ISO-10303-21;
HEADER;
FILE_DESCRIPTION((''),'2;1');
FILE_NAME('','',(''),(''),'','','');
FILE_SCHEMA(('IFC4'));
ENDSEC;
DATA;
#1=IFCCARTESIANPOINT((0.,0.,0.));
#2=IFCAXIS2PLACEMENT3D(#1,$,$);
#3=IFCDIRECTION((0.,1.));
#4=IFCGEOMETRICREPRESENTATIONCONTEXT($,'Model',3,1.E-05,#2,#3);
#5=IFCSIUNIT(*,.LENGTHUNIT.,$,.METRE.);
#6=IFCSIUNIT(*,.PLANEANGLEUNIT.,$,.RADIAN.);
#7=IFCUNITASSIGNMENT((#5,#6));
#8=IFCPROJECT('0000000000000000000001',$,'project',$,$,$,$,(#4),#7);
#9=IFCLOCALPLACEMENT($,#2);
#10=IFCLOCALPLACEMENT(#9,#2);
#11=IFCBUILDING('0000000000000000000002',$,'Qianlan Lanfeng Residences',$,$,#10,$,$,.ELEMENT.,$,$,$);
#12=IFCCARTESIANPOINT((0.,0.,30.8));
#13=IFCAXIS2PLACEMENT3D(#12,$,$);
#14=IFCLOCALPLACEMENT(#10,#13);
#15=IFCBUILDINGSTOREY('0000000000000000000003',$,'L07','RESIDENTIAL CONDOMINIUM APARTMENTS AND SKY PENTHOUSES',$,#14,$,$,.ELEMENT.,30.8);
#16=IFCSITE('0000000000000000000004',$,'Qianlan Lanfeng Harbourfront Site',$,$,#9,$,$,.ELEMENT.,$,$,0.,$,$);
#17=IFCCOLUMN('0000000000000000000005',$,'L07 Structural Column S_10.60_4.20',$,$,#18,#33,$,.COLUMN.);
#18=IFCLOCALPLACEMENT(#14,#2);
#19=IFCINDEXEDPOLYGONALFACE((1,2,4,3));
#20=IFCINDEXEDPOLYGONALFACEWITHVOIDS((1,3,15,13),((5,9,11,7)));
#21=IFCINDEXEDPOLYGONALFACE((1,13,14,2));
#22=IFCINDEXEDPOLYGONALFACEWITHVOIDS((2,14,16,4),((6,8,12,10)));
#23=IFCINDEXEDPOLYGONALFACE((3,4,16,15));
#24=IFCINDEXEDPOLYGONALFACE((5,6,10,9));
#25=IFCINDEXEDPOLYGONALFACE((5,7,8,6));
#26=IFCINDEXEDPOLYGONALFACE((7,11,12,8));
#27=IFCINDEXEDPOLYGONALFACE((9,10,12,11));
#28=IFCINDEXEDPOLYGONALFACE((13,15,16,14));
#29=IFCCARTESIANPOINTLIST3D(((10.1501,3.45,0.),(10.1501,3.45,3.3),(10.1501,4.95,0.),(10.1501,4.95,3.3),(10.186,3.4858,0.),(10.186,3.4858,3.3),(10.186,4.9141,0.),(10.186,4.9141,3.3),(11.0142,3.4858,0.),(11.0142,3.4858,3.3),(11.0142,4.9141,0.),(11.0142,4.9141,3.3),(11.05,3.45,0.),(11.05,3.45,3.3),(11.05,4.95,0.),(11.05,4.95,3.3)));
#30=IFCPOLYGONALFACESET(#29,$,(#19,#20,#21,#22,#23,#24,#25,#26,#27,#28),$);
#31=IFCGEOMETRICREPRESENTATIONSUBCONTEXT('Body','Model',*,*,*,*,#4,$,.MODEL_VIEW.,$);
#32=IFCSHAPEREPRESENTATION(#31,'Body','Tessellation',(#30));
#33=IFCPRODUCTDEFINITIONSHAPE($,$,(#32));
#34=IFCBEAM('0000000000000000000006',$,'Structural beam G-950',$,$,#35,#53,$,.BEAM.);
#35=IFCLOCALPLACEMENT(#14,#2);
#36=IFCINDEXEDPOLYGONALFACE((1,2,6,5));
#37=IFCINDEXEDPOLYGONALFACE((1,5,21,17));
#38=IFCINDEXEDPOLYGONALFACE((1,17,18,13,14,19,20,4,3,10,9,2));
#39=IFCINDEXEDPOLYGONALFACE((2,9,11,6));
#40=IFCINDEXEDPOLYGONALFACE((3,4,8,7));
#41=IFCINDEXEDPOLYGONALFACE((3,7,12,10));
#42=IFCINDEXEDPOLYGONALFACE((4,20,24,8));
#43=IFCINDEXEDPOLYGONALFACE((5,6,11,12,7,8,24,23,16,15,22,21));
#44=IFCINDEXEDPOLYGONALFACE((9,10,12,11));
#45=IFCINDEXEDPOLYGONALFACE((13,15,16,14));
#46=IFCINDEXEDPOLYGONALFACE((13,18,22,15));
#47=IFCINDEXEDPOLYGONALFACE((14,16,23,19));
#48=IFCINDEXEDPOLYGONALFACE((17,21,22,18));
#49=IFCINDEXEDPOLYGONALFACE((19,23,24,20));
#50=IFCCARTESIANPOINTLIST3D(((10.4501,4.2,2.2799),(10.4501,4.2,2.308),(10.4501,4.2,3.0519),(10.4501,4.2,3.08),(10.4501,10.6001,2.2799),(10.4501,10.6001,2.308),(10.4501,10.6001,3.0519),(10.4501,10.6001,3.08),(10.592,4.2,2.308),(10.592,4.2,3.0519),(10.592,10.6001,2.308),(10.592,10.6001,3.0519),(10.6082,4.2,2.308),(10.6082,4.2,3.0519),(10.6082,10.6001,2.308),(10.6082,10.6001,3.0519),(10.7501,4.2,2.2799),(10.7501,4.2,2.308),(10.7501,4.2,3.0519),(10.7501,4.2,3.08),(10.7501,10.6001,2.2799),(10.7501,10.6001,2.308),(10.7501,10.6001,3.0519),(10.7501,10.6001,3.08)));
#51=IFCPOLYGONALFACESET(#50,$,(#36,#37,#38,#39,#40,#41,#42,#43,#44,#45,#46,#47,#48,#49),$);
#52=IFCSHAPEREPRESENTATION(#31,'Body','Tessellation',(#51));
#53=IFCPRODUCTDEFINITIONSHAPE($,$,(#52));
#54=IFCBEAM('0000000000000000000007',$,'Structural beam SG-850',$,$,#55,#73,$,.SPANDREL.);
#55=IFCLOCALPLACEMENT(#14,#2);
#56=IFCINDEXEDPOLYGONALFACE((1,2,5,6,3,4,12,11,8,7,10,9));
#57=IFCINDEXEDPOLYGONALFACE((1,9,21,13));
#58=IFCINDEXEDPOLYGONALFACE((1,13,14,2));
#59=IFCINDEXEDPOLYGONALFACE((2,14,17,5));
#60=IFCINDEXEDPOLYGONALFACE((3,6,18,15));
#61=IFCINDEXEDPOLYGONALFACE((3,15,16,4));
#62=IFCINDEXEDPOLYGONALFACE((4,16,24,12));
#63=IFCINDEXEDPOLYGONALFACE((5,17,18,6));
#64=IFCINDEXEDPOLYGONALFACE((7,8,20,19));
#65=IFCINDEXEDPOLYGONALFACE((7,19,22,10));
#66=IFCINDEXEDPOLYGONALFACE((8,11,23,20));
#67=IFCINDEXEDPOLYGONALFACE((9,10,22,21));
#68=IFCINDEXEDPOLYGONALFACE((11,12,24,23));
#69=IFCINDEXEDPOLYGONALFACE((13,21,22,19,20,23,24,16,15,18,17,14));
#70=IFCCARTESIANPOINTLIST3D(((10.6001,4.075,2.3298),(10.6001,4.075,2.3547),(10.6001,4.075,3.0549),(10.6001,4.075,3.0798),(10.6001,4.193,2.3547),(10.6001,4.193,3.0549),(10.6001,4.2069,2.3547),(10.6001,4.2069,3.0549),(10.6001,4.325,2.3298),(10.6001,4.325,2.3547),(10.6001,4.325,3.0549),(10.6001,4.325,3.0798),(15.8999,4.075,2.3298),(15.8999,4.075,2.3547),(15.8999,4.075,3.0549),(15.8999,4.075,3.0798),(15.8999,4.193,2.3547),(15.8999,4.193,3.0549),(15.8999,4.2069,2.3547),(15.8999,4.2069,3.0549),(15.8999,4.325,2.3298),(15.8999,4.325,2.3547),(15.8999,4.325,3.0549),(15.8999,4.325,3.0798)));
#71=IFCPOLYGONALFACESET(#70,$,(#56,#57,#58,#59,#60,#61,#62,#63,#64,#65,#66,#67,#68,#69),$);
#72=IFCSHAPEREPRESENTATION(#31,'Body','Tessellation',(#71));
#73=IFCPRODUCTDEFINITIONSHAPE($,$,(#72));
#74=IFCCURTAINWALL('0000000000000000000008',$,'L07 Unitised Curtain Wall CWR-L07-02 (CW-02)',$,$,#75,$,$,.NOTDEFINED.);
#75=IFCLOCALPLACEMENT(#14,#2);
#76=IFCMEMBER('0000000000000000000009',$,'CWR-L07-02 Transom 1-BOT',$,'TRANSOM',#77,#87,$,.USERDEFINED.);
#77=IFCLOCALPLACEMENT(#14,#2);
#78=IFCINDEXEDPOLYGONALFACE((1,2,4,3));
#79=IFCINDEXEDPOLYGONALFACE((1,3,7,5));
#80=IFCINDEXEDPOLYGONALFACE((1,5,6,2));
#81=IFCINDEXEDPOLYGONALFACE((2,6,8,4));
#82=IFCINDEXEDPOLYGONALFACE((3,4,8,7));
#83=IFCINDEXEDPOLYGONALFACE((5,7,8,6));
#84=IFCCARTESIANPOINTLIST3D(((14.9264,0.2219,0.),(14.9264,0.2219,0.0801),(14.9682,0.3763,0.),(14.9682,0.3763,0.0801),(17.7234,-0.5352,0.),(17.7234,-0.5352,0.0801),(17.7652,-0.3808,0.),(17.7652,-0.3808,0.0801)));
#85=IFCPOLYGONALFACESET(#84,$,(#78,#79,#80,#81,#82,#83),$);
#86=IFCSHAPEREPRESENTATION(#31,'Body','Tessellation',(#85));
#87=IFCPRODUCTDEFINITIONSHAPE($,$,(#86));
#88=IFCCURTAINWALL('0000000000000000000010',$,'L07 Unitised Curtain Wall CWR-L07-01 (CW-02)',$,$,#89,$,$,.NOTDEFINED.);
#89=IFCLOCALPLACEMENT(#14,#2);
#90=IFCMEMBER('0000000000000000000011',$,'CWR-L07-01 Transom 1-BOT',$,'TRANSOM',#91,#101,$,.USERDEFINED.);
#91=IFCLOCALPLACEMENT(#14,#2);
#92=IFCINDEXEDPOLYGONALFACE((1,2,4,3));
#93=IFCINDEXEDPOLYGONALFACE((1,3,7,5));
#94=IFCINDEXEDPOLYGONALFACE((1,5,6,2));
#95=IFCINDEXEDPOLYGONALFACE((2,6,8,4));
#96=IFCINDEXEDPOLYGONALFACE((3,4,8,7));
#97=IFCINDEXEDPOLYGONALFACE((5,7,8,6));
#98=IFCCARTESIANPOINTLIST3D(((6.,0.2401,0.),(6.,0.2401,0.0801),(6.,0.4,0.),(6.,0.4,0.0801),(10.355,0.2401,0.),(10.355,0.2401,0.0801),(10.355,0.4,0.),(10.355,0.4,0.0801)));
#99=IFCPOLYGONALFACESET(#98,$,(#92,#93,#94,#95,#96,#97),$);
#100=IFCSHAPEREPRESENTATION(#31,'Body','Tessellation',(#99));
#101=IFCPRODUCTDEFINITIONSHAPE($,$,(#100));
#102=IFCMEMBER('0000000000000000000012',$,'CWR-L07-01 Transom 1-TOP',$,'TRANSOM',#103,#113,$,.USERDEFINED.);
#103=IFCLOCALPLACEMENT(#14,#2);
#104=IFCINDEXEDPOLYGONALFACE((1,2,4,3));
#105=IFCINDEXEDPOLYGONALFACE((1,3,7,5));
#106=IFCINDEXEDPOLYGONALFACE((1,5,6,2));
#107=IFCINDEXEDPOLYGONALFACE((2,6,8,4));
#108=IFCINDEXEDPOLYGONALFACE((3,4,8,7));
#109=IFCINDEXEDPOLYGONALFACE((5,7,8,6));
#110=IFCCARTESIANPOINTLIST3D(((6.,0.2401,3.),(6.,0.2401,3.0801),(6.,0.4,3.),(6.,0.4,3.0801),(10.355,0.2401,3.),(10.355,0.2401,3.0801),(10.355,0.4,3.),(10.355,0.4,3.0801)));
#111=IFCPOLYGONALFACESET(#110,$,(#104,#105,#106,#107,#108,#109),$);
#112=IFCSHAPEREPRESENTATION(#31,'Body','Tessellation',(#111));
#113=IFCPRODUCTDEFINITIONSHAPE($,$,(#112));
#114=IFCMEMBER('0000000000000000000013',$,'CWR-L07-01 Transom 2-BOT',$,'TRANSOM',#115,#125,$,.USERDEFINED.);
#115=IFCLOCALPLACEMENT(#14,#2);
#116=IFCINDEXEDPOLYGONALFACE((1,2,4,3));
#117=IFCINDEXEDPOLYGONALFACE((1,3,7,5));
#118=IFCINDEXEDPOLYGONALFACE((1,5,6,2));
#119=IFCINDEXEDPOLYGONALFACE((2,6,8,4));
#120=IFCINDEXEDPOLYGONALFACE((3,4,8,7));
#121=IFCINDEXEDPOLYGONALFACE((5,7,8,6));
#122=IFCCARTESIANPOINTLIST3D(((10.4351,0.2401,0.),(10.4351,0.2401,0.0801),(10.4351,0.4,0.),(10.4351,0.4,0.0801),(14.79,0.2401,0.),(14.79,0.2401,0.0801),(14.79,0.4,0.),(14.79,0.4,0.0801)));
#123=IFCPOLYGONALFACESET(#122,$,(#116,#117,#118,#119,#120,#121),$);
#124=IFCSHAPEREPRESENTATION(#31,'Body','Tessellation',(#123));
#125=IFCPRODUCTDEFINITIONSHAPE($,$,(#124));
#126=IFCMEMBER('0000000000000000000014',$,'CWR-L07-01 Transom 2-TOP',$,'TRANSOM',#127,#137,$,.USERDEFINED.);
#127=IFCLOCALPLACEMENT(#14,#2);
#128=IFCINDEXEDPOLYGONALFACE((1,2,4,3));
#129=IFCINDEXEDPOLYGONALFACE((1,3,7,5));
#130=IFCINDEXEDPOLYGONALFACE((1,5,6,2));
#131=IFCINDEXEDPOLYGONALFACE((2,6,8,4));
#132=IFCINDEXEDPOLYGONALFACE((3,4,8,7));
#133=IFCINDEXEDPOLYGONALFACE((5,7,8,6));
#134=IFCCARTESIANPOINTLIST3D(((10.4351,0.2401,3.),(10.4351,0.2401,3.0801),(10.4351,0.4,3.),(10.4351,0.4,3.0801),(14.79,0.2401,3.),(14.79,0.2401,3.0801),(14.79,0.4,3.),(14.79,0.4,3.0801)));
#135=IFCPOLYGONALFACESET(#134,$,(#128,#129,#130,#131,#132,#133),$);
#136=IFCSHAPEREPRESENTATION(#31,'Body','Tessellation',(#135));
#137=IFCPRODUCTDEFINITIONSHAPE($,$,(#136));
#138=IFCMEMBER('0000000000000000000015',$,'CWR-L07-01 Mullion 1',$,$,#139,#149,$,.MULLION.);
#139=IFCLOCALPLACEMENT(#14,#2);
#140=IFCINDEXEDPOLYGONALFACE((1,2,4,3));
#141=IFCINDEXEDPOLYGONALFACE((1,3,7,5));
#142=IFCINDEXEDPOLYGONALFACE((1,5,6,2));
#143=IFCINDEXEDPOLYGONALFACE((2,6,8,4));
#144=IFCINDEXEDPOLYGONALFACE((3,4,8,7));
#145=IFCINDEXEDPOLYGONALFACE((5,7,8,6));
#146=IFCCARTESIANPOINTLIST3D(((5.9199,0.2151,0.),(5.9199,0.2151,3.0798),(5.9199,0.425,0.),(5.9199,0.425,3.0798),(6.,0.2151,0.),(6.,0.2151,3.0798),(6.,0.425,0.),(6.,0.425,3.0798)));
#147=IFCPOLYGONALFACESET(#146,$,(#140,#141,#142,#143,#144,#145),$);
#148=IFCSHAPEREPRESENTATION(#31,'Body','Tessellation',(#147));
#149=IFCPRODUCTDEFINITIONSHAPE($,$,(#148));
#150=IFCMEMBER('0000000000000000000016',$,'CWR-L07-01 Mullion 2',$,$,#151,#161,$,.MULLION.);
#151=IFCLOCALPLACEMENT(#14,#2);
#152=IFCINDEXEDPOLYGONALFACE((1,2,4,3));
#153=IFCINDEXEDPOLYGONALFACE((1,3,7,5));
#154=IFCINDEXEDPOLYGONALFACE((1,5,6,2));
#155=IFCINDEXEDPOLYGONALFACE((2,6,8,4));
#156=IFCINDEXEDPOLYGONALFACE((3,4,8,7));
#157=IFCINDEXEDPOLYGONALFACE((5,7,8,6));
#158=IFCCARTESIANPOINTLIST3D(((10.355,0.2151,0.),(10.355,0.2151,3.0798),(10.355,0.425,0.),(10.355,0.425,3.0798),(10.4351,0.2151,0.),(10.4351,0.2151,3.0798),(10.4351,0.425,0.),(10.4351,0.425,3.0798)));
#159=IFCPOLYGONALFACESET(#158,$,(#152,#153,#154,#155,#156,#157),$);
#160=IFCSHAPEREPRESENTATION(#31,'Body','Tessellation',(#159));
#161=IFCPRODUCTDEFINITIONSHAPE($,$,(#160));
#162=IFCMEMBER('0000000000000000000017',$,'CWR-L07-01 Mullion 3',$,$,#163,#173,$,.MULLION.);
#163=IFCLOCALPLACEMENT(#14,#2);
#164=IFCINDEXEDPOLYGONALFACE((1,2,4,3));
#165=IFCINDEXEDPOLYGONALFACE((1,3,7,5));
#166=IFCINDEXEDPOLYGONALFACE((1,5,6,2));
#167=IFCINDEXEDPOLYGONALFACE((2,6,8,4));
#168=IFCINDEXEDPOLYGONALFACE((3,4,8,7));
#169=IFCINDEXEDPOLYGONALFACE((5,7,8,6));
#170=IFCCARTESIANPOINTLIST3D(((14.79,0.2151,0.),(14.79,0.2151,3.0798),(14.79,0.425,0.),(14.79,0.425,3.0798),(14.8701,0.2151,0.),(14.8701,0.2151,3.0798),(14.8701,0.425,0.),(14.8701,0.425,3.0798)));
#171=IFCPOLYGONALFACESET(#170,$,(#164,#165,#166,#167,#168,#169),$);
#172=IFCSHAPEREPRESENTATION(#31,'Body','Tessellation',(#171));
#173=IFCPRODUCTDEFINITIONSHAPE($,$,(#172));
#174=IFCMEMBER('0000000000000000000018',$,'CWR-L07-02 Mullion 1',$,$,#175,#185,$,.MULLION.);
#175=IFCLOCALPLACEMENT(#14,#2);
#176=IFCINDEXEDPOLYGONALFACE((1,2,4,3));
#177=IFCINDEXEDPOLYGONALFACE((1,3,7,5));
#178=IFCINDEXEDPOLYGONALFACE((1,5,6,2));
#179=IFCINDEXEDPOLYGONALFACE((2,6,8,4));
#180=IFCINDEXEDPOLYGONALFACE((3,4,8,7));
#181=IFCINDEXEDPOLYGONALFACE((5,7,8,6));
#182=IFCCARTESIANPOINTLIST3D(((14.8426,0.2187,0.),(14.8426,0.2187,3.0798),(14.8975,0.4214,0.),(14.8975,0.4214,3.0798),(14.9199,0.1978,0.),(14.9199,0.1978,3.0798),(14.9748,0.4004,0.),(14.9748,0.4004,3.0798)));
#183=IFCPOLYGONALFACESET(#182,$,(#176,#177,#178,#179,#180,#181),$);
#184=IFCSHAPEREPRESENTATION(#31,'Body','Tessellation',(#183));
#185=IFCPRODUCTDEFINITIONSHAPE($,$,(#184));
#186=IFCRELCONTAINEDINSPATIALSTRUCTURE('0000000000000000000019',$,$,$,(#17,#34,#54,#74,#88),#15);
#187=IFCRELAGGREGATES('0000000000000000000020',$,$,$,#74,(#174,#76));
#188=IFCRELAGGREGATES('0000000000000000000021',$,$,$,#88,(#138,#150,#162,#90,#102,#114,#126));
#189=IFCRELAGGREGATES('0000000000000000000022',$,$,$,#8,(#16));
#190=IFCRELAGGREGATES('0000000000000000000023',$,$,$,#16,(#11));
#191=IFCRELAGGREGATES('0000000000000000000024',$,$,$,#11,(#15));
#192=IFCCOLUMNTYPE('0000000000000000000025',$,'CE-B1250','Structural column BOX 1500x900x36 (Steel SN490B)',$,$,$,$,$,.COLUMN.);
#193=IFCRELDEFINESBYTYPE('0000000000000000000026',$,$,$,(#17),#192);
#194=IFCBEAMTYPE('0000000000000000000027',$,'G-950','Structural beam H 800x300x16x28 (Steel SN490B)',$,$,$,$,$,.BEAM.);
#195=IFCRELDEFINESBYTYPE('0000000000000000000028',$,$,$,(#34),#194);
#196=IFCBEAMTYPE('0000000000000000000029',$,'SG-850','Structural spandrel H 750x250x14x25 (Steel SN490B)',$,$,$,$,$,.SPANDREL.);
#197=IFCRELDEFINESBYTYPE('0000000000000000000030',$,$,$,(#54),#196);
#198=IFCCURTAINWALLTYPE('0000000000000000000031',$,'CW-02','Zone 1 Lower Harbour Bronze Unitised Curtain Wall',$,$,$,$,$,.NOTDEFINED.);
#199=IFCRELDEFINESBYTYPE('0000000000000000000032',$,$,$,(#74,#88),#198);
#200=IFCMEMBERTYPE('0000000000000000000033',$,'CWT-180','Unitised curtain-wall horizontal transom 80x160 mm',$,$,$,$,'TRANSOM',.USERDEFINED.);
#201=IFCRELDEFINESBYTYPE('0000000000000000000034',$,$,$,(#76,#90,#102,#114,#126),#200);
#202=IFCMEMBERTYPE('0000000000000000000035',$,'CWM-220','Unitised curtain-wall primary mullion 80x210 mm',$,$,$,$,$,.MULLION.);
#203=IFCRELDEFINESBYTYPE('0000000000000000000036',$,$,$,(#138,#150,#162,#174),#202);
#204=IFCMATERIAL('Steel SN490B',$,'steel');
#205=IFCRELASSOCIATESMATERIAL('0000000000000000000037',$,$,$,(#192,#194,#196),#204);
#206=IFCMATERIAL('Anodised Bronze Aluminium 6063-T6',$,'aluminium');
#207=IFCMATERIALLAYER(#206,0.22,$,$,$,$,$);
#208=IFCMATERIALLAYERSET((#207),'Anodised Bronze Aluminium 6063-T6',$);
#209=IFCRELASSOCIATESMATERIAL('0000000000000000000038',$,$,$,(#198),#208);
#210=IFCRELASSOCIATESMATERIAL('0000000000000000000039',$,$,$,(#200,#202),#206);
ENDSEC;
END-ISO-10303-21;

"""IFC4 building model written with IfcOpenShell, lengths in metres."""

from ifc_helpers import new_model, si_unit, direction, frame, origin, origin_2d, place, context, subcontext, project, spatial, rectangle, hollow_rectangle, i_section, extrude, source, transform, mapped, material, layer, layer_set, material_profile, profile_set, type_object, element, aggregate, save


model = new_model("IFC4")

# Units and contexts
model_context = context("Model", 3, precision=1e-05, world=origin(), true_north=direction((0.0, 1.0)))
body_context = subcontext(model_context, "Body", "Model", "MODEL_VIEW")
ifc_project = project(units=[si_unit("LENGTHUNIT", "METRE"), si_unit("PLANEANGLEUNIT", "RADIAN")], contexts=[model_context])

# Site, building, storey
site_placement = place(None, origin())
site = spatial("IfcSite", under=ifc_project, at=site_placement, Name="Qianlan Lanfeng Harbourfront Site", CompositionType="ELEMENT", RefElevation=0.0)
building_placement = place(site_placement, origin())
building = spatial("IfcBuilding", under=site, at=building_placement, Name="Qianlan Lanfeng Residences", CompositionType="ELEMENT")
storey_placement = place(building_placement, frame((0.0, 0.0, 30.8)))
storey = spatial("IfcBuildingStorey", under=building, at=storey_placement, Name="L07", Description="RESIDENTIAL CONDOMINIUM APARTMENTS AND SKY PENTHOUSES", CompositionType="ELEMENT", Elevation=30.8)

# Column
ifc_material_1 = material(Name="Steel SN490B", Category="steel")
ifc_material_profile_1 = material_profile(ifc_material_1, hollow_rectangle(XDim=0.8999, YDim=1.5, WallThickness=0.0359, at=origin_2d()), Name="BOX 1500x900x36")
ifc_profile_set_1 = profile_set([ifc_material_profile_1], Name="Steel SN490B")
column_type = type_object("IfcColumnType", Name="CE-B1250", Description="Structural column BOX 1500x900x36 (Steel SN490B)", PredefinedType="COLUMN", material=ifc_profile_set_1)
column_placement = place(storey_placement, frame((10.6001, 4.2, 0.0), z_axis=(0.0, 0.0, 1.0), x_axis=(1.0, 0.0, 0.0)))
element("IfcColumn", 1, at=column_placement, inside=storey, type_object=column_type, Name="L07 Structural Column S_10.60_4.20", PredefinedType="COLUMN", context=body_context, shape_type="SweptSolid", body=[
    extrude(hollow_rectangle(XDim=0.8999, YDim=1.5, WallThickness=0.0359, at=origin_2d()), origin(), (0.0, 0.0, 1.0), 3.3),
])

# Beams
ifc_material_profile_2 = material_profile(ifc_material_1, i_section(OverallWidth=0.3, OverallDepth=0.8, WebThickness=0.0161, FlangeThickness=0.0281, at=origin_2d()), Name="H 800x300x16x28")
ifc_profile_set_2 = profile_set([ifc_material_profile_2], Name="Steel SN490B")
beam_type_1 = type_object("IfcBeamType", Name="G-950", Description="Structural beam H 800x300x16x28 (Steel SN490B)", PredefinedType="BEAM", material=ifc_profile_set_2)
beam_1_placement = place(storey_placement, frame((10.6001, 4.2, 2.6799), z_axis=(0.0, 1.0, 0.0), x_axis=(-1.0, 0.0, 0.0)))
element("IfcBeam", 2, at=beam_1_placement, inside=storey, type_object=beam_type_1, Name="Structural beam G-950", PredefinedType="BEAM", context=body_context, shape_type="SweptSolid", body=[
    extrude(i_section(OverallWidth=0.3, OverallDepth=0.8, WebThickness=0.0161, FlangeThickness=0.0281, at=origin_2d()), origin(), (0.0, 0.0, 1.0), 6.4001),
])
ifc_material_profile_3 = material_profile(ifc_material_1, i_section(OverallWidth=0.25, OverallDepth=0.75, WebThickness=0.0139, FlangeThickness=0.0249, at=origin_2d()), Name="H 750x250x14x25")
ifc_profile_set_3 = profile_set([ifc_material_profile_3], Name="Steel SN490B")
beam_type_2 = type_object("IfcBeamType", Name="SG-850", Description="Structural spandrel H 750x250x14x25 (Steel SN490B)", PredefinedType="SPANDREL", material=ifc_profile_set_3)
beam_2_placement = place(storey_placement, frame((10.6001, 4.2, 2.7048), z_axis=(1.0, 0.0, 0.0), x_axis=(0.0, 1.0, 0.0)))
element("IfcBeam", 3, at=beam_2_placement, inside=storey, type_object=beam_type_2, Name="Structural beam SG-850", PredefinedType="SPANDREL", context=body_context, shape_type="SweptSolid", body=[
    extrude(i_section(OverallWidth=0.25, OverallDepth=0.75, WebThickness=0.0139, FlangeThickness=0.0249, at=origin_2d()), origin(), (0.0, 0.0, 1.0), 5.2998),
])

# Curtain wall, member
ifc_material_2 = material(Name="Anodised Bronze Aluminium 6063-T6", Category="aluminium")
ifc_layer_1 = layer(ifc_material_2, 0.22)
ifc_layer_set_1 = layer_set([ifc_layer_1], Name="Anodised Bronze Aluminium 6063-T6")
curtain_wall_type = type_object("IfcCurtainWallType", Name="CW-02", Description="Zone 1 Lower Harbour Bronze Unitised Curtain Wall", PredefinedType="NOTDEFINED", material=ifc_layer_set_1)
curtain_wall_1_placement = place(storey_placement, origin())
curtain_wall_1 = element("IfcCurtainWall", 4, at=curtain_wall_1_placement, inside=storey, type_object=curtain_wall_type, Name="L07 Unitised Curtain Wall CWR-L07-02 (CW-02)", PredefinedType="NOTDEFINED")
ifc_material_profile_4 = material_profile(ifc_material_2, rectangle(XDim=0.0801, YDim=0.1599, at=origin_2d()), Name="ALU TRANSOM 80x160")
ifc_profile_set_4 = profile_set([ifc_material_profile_4], Name="Anodised Bronze Aluminium 6063-T6")
member_type_1 = type_object("IfcMemberType", Name="CWT-180", Description="Unitised curtain-wall horizontal transom 80x160 mm", ElementType="TRANSOM", PredefinedType="USERDEFINED", material=ifc_profile_set_4)
shared_shape_1 = source(origin(), body_context, "Body", "SweptSolid", [
    extrude(rectangle(XDim=0.0801, YDim=0.1599, at=origin_2d()), origin(), (0.0, 0.0, 1.0), 2.8977),
])
member_1_placement = place(storey_placement, frame((14.9473, 0.2991, 0.04), z_axis=(0.965268, -0.261263, 0.0), x_axis=(0.0, 0.0, 1.0)))
member_1 = element("IfcMember", 5, at=member_1_placement, type_object=member_type_1, Name="CWR-L07-02 Transom 1-BOT", ObjectType="TRANSOM", PredefinedType="USERDEFINED", context=body_context, shape_type="MappedRepresentation", body=[
    mapped(shared_shape_1, transform((0.0, 0.0, 0.0), scale=1.0)),
])

# Curtain wall, members
curtain_wall_2_placement = place(storey_placement, origin())
curtain_wall_2 = element("IfcCurtainWall", 6, at=curtain_wall_2_placement, inside=storey, type_object=curtain_wall_type, Name="L07 Unitised Curtain Wall CWR-L07-01 (CW-02)", PredefinedType="NOTDEFINED")
shared_shape_2 = source(origin(), body_context, "Body", "SweptSolid", [
    extrude(rectangle(XDim=0.0801, YDim=0.1599, at=origin_2d()), origin(), (0.0, 0.0, 1.0), 4.355),
])
member_2_placement = place(storey_placement, frame((6.0, 0.3201, 0.04), z_axis=(1.0, 0.0, 0.0), x_axis=(0.0, 0.0, 1.0)))
member_2 = element("IfcMember", 7, at=member_2_placement, type_object=member_type_1, Name="CWR-L07-01 Transom 1-BOT", ObjectType="TRANSOM", PredefinedType="USERDEFINED", context=body_context, shape_type="MappedRepresentation", body=[
    mapped(shared_shape_2, transform((0.0, 0.0, 0.0), scale=1.0)),
])
member_3_placement = place(storey_placement, frame((6.0, 0.3201, 3.04), z_axis=(1.0, 0.0, 0.0), x_axis=(0.0, 0.0, 1.0)))
member_3 = element("IfcMember", 8, at=member_3_placement, type_object=member_type_1, Name="CWR-L07-01 Transom 1-TOP", ObjectType="TRANSOM", PredefinedType="USERDEFINED", context=body_context, shape_type="MappedRepresentation", body=[
    mapped(shared_shape_2, transform((0.0, 0.0, 0.0), scale=1.0)),
])
member_4_placement = place(storey_placement, frame((10.4351, 0.3201, 0.04), z_axis=(1.0, 0.0, 0.0), x_axis=(0.0, 0.0, 1.0)))
member_4 = element("IfcMember", 9, at=member_4_placement, type_object=member_type_1, Name="CWR-L07-01 Transom 2-BOT", ObjectType="TRANSOM", PredefinedType="USERDEFINED", context=body_context, shape_type="MappedRepresentation", body=[
    mapped(shared_shape_2, transform((0.0, 0.0, 0.0), scale=1.0)),
])
member_5_placement = place(storey_placement, frame((10.4351, 0.3201, 3.04), z_axis=(1.0, 0.0, 0.0), x_axis=(0.0, 0.0, 1.0)))
member_5 = element("IfcMember", 10, at=member_5_placement, type_object=member_type_1, Name="CWR-L07-01 Transom 2-TOP", ObjectType="TRANSOM", PredefinedType="USERDEFINED", context=body_context, shape_type="MappedRepresentation", body=[
    mapped(shared_shape_2, transform((0.0, 0.0, 0.0), scale=1.0)),
])
ifc_material_profile_5 = material_profile(ifc_material_2, rectangle(XDim=0.0801, YDim=0.21, at=origin_2d()), Name="ALU MULLION 80x210")
ifc_profile_set_5 = profile_set([ifc_material_profile_5], Name="Anodised Bronze Aluminium 6063-T6")
member_type_2 = type_object("IfcMemberType", Name="CWM-220", Description="Unitised curtain-wall primary mullion 80x210 mm", PredefinedType="MULLION", material=ifc_profile_set_5)
shared_shape_3 = source(origin(), body_context, "Body", "SweptSolid", [
    extrude(rectangle(XDim=0.0801, YDim=0.21, at=origin_2d()), origin(), (0.0, 0.0, 1.0), 3.0798),
])
member_6_placement = place(storey_placement, frame((5.96, 0.3201, 0.0), z_axis=(0.0, 0.0, 1.0), x_axis=(1.0, 0.0, 0.0)))
member_6 = element("IfcMember", 11, at=member_6_placement, type_object=member_type_2, Name="CWR-L07-01 Mullion 1", PredefinedType="MULLION", context=body_context, shape_type="MappedRepresentation", body=[
    mapped(shared_shape_3, transform((0.0, 0.0, 0.0), scale=1.0)),
])
member_7_placement = place(storey_placement, frame((10.395, 0.3201, 0.0), z_axis=(0.0, 0.0, 1.0), x_axis=(1.0, 0.0, 0.0)))
member_7 = element("IfcMember", 12, at=member_7_placement, type_object=member_type_2, Name="CWR-L07-01 Mullion 2", PredefinedType="MULLION", context=body_context, shape_type="MappedRepresentation", body=[
    mapped(shared_shape_3, transform((0.0, 0.0, 0.0), scale=1.0)),
])
member_8_placement = place(storey_placement, frame((14.8301, 0.3201, 0.0), z_axis=(0.0, 0.0, 1.0), x_axis=(1.0, 0.0, 0.0)))
member_8 = element("IfcMember", 13, at=member_8_placement, type_object=member_type_2, Name="CWR-L07-01 Mullion 3", PredefinedType="MULLION", context=body_context, shape_type="MappedRepresentation", body=[
    mapped(shared_shape_3, transform((0.0, 0.0, 0.0), scale=1.0)),
])

# Member
member_9_placement = place(storey_placement, frame((14.9087, 0.3096, 0.0), z_axis=(0.0, 0.0, 1.0), x_axis=(0.965263, -0.261281, 0.0)))
member_9 = element("IfcMember", 14, at=member_9_placement, type_object=member_type_2, Name="CWR-L07-02 Mullion 1", PredefinedType="MULLION", context=body_context, shape_type="MappedRepresentation", body=[
    mapped(shared_shape_3, transform((0.0, 0.0, 0.0), scale=1.0)),
])
aggregate(curtain_wall_1, [member_9, member_1])

aggregate(curtain_wall_2, [member_6, member_7, member_8, member_2, member_3, member_4, member_5])

save(model, "model.ifc")
